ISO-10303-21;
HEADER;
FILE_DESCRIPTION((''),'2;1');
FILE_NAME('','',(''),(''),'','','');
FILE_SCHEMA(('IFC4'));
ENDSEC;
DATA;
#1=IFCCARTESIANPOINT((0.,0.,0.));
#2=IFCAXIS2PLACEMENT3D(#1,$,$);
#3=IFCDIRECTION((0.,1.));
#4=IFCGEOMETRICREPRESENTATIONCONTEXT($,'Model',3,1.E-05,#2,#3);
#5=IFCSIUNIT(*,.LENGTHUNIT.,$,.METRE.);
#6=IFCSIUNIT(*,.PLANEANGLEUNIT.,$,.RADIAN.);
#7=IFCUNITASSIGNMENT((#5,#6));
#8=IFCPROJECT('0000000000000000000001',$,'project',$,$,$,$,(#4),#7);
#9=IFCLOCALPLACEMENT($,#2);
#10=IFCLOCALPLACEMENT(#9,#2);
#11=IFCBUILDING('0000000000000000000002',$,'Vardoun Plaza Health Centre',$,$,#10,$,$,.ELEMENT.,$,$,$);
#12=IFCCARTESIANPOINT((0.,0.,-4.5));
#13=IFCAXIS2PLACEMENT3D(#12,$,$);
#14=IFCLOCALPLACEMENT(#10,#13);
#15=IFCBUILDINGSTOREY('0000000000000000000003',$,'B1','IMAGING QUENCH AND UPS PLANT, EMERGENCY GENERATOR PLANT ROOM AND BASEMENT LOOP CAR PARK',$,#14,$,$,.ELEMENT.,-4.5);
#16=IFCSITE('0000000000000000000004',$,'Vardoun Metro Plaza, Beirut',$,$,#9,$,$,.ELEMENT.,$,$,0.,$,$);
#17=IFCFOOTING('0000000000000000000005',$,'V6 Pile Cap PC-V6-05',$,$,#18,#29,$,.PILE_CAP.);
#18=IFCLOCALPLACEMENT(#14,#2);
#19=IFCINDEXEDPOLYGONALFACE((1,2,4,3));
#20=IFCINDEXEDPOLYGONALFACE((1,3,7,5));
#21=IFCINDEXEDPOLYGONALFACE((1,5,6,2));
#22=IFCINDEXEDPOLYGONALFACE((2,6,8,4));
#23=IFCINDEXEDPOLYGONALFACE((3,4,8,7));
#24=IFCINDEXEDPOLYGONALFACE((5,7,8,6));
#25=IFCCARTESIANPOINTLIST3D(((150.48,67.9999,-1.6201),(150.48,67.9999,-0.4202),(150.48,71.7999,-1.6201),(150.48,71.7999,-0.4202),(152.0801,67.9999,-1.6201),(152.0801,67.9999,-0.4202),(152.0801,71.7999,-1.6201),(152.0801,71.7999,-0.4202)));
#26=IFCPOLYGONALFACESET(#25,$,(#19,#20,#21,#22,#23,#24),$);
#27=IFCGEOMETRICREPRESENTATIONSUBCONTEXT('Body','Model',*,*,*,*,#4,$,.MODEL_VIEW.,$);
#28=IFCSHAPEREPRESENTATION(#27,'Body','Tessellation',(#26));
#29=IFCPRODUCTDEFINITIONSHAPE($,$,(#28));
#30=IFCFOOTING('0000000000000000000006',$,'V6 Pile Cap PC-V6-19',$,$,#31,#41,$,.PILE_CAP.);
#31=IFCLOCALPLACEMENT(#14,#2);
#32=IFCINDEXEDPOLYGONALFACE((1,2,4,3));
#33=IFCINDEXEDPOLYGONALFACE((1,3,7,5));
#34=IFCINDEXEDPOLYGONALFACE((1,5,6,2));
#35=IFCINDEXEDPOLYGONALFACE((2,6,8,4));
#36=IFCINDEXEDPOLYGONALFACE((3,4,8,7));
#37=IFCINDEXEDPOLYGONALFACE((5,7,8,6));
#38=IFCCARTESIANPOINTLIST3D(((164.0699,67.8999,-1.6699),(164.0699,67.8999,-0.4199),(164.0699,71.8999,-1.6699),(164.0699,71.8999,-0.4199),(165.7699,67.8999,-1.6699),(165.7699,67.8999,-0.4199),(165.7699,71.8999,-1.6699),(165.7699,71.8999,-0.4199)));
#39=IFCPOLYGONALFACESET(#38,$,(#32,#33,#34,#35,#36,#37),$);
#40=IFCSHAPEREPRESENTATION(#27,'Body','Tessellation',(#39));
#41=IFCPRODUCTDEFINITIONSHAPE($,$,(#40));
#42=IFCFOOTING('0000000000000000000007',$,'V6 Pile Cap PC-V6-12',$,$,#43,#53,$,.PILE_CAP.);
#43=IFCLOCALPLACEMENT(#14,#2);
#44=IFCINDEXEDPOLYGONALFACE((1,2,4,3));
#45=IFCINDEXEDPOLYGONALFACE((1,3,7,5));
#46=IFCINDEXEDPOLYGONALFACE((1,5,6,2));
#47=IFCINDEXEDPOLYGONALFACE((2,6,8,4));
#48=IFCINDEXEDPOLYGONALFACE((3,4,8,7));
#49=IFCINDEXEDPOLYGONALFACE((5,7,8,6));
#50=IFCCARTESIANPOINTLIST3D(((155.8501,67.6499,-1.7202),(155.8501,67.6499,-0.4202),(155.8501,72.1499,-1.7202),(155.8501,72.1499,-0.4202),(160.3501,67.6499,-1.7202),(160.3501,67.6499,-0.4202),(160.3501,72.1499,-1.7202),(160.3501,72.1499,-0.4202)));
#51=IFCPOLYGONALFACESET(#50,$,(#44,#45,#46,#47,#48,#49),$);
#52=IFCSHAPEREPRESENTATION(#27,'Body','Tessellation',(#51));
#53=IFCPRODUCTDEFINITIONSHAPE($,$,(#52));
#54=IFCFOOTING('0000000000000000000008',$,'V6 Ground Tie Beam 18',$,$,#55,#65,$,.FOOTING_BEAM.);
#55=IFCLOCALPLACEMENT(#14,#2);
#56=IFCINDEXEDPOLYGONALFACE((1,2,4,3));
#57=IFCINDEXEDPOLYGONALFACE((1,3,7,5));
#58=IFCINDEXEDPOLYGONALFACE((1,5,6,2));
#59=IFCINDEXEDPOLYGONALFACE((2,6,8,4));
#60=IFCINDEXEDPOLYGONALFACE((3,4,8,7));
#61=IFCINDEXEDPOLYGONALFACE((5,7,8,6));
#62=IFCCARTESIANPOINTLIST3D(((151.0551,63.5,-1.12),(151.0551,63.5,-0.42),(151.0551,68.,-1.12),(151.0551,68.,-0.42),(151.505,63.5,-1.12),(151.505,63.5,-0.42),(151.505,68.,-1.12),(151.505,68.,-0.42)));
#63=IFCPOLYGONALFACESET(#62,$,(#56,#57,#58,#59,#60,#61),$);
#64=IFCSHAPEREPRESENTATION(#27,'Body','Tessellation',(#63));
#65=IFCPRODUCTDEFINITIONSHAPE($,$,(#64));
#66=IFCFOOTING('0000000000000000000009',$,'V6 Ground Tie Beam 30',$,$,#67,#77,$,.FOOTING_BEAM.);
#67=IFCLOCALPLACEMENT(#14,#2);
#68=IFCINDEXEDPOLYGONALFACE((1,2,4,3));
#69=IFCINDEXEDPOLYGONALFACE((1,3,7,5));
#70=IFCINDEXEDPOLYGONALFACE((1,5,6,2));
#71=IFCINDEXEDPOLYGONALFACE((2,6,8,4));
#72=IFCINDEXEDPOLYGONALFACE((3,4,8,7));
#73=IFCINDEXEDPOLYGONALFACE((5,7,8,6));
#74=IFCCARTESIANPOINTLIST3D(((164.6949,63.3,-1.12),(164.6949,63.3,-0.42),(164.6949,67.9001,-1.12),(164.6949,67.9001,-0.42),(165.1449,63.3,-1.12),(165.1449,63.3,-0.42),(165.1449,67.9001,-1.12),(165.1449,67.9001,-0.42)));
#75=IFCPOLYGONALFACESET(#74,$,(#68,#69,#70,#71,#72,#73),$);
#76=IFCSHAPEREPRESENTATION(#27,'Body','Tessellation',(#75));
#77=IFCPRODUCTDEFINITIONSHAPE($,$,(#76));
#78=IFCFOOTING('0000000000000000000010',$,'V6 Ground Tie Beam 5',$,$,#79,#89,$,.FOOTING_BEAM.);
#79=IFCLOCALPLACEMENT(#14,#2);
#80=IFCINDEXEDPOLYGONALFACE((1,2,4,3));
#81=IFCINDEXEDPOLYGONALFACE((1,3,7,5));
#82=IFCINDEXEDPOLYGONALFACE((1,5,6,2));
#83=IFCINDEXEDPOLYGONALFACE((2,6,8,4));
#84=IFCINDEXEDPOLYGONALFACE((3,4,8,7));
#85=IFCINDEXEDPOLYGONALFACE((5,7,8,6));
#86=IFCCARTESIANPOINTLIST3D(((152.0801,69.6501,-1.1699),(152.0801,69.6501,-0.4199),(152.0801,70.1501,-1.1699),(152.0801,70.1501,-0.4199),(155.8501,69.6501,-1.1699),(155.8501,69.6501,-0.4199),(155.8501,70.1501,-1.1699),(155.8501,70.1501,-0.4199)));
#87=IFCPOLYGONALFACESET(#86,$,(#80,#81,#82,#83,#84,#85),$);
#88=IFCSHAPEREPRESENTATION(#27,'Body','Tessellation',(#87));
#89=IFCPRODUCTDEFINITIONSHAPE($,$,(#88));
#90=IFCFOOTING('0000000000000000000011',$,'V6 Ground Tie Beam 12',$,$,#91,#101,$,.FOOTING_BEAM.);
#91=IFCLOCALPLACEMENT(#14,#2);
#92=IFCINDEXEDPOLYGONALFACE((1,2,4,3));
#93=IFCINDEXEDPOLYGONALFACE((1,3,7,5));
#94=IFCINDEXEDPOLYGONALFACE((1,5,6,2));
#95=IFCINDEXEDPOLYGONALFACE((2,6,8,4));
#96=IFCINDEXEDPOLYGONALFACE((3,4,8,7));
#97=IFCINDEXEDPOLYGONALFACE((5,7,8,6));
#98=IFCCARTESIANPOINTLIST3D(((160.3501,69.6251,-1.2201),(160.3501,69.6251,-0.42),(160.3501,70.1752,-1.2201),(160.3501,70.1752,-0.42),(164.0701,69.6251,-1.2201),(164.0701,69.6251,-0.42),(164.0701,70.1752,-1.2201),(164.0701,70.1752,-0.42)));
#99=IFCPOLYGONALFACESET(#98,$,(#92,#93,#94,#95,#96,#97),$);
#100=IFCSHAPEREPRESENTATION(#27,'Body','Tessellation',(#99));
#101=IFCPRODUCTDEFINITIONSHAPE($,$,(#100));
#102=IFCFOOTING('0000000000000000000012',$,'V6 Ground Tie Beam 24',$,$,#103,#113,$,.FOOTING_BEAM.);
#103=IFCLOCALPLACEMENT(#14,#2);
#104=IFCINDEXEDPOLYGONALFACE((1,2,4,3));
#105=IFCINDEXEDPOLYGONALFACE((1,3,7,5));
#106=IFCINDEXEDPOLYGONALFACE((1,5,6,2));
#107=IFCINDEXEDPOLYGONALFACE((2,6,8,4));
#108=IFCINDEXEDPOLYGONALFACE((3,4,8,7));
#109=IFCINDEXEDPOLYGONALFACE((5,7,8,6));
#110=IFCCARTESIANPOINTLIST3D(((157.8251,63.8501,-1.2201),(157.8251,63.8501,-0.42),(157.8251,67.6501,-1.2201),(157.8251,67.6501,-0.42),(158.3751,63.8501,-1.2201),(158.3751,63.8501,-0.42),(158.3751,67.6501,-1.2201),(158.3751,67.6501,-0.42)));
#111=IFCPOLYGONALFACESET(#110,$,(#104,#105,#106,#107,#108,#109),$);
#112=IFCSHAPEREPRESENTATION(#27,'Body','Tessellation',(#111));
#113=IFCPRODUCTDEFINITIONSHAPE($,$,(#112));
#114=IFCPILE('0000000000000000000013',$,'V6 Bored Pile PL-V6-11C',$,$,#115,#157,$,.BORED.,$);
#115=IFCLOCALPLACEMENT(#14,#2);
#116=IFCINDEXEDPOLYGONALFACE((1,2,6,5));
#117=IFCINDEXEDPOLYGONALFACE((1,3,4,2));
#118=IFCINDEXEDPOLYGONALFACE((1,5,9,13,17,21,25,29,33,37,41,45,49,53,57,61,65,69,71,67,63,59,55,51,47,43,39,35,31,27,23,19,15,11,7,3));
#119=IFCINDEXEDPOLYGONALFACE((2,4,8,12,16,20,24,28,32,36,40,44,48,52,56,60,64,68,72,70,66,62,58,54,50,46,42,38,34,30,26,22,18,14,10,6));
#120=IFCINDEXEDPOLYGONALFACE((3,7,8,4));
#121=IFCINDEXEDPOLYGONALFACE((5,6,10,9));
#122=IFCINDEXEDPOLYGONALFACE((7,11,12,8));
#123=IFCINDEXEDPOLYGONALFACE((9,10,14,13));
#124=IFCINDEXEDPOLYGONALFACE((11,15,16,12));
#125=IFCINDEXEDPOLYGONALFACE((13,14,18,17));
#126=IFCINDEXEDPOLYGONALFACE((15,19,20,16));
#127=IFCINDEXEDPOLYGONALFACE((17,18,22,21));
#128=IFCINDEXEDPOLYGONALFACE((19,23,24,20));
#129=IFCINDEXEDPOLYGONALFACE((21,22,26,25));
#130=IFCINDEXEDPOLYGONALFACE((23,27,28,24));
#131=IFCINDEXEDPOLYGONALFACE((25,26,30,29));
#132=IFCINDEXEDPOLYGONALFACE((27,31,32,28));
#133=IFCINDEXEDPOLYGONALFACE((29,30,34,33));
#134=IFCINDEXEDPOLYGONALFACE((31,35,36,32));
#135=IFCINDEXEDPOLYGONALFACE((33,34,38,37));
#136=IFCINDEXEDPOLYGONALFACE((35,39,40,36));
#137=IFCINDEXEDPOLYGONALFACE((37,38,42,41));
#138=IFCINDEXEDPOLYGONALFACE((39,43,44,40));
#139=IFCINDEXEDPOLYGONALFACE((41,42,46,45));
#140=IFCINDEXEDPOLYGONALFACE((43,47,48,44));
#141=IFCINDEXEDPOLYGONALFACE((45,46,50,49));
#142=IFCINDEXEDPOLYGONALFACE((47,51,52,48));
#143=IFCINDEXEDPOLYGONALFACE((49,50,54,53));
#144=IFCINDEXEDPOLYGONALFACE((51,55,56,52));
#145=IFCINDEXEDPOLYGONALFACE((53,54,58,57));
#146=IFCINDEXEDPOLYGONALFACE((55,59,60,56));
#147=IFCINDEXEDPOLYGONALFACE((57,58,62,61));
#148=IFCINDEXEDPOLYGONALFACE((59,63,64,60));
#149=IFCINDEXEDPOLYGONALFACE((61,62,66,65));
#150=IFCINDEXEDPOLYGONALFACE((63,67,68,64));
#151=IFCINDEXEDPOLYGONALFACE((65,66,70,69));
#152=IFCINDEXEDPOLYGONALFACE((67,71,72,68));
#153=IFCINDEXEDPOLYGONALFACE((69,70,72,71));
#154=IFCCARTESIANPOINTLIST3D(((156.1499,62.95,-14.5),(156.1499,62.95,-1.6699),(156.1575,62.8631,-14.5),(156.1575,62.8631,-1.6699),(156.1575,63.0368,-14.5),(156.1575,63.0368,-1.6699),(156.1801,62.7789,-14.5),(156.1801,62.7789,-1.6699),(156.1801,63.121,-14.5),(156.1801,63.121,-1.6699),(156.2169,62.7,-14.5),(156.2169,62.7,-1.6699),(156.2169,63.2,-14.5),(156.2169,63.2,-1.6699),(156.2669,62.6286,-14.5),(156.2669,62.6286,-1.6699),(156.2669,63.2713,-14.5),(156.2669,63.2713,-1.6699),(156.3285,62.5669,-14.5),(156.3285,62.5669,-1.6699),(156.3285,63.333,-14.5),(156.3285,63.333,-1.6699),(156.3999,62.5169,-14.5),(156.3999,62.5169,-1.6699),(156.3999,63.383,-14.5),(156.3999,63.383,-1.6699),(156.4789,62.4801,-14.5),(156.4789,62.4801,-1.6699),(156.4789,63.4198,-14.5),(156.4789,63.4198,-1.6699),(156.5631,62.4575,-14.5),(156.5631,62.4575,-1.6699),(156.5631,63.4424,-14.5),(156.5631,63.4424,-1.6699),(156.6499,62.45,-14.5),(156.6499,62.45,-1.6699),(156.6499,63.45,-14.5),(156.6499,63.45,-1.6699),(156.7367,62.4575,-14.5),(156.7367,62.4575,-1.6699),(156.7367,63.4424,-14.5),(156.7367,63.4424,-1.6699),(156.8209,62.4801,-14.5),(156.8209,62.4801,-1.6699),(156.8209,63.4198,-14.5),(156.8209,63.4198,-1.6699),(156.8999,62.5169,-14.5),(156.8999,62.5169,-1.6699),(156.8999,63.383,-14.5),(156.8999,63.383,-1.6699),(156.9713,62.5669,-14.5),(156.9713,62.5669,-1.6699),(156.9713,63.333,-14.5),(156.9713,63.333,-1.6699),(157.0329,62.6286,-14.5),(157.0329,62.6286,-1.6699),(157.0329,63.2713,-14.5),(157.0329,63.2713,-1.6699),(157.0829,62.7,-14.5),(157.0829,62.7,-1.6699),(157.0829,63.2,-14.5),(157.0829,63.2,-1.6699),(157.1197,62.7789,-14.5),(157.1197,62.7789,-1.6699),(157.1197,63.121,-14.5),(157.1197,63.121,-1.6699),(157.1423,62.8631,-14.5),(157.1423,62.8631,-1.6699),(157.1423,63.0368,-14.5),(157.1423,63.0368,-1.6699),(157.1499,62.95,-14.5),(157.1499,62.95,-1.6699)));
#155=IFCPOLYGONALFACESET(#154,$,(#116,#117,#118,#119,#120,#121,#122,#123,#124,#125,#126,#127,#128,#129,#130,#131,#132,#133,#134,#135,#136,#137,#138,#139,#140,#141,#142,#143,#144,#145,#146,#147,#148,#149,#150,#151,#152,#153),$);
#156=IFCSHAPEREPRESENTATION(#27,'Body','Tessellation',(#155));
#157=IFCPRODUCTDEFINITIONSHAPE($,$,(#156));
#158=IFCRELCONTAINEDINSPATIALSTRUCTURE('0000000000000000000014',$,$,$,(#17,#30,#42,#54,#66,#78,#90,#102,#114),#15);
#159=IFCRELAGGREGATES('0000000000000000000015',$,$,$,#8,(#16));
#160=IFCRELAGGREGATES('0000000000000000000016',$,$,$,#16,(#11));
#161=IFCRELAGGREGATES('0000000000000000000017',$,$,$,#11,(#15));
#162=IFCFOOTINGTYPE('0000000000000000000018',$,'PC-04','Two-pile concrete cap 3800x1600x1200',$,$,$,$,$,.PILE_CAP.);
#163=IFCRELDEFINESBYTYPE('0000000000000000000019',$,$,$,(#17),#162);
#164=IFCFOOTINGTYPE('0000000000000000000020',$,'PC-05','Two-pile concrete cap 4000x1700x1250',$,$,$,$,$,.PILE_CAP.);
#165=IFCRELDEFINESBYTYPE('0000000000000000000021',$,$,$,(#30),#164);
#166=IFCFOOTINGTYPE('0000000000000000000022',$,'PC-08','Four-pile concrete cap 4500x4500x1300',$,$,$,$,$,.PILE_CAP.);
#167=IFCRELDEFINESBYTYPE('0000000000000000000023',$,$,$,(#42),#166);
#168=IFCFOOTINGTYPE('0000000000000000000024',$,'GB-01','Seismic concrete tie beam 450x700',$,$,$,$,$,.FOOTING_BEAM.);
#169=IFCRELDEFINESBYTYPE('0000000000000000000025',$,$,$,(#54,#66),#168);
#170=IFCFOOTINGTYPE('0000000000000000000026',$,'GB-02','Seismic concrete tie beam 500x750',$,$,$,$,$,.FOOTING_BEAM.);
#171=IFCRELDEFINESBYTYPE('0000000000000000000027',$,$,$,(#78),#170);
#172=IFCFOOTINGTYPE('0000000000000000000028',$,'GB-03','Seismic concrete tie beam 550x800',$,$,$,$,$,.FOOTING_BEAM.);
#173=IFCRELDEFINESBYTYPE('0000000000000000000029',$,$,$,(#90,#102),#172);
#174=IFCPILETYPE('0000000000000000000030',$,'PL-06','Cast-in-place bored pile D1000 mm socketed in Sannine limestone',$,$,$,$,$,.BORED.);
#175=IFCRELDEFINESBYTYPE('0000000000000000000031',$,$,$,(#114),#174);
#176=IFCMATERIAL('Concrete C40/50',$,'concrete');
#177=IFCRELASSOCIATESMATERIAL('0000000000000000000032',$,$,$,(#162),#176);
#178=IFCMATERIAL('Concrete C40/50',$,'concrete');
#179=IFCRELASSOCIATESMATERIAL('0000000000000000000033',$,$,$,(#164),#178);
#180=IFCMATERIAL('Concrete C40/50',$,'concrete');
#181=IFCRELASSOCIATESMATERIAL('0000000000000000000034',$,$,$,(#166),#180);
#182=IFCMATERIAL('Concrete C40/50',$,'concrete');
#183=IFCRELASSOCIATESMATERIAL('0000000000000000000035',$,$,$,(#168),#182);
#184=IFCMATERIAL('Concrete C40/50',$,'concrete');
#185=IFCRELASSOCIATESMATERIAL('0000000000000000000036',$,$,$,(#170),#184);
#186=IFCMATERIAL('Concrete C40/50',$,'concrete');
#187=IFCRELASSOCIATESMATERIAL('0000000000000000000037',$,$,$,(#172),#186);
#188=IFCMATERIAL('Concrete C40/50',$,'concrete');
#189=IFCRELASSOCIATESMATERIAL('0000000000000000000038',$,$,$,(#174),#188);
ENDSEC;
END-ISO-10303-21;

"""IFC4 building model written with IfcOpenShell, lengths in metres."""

from ifc_helpers import new_model, si_unit, direction, frame, origin, origin_2d, place, context, subcontext, project, spatial, rectangle, circle, extrude, material, material_profile, profile_set, type_object, element, save


model = new_model("IFC4")

# Units and contexts
model_context = context("Model", 3, precision=1e-05, world=origin(), true_north=direction((0.0, 1.0)))
body_context = subcontext(model_context, "Body", "Model", "MODEL_VIEW")
ifc_project = project(units=[si_unit("LENGTHUNIT", "METRE"), si_unit("PLANEANGLEUNIT", "RADIAN")], contexts=[model_context])

# Site, building, storey
site_placement = place(None, origin())
site = spatial("IfcSite", under=ifc_project, at=site_placement, Name="Vardoun Metro Plaza, Beirut", CompositionType="ELEMENT", RefElevation=0.0)
building_placement = place(site_placement, origin())
building = spatial("IfcBuilding", under=site, at=building_placement, Name="Vardoun Plaza Health Centre", CompositionType="ELEMENT")
storey_placement = place(building_placement, frame((0.0, 0.0, -4.5)))
storey = spatial("IfcBuildingStorey", under=building, at=storey_placement, Name="B1", Description="IMAGING QUENCH AND UPS PLANT, EMERGENCY GENERATOR PLANT ROOM AND BASEMENT LOOP CAR PARK", CompositionType="ELEMENT", Elevation=-4.5)

# Footings
ifc_material_1 = material(Name="Concrete C40/50", Category="concrete")
footing_type_1 = type_object("IfcFootingType", Name="PC-04", Description="Two-pile concrete cap 3800x1600x1200", PredefinedType="PILE_CAP", material=ifc_material_1)
footing_1_placement = place(storey_placement, frame((151.28, 69.8999, -1.6201), z_axis=(0.0, 0.0, 1.0), x_axis=(0.0, 1.0, 0.0)))
element("IfcFooting", 1, at=footing_1_placement, inside=storey, type_object=footing_type_1, Name="V6 Pile Cap PC-V6-05", PredefinedType="PILE_CAP", context=body_context, shape_type="SweptSolid", body=[
    extrude(rectangle(XDim=3.8, YDim=1.6001, at=origin_2d()), origin(), (0.0, 0.0, 1.0), 1.2),
])
ifc_material_2 = material(Name="Concrete C40/50", Category="concrete")
footing_type_2 = type_object("IfcFootingType", Name="PC-05", Description="Two-pile concrete cap 4000x1700x1250", PredefinedType="PILE_CAP", material=ifc_material_2)
footing_2_placement = place(storey_placement, frame((164.9199, 69.8999, -1.6699), z_axis=(0.0, 0.0, 1.0), x_axis=(0.0, 1.0, 0.0)))
element("IfcFooting", 2, at=footing_2_placement, inside=storey, type_object=footing_type_2, Name="V6 Pile Cap PC-V6-19", PredefinedType="PILE_CAP", context=body_context, shape_type="SweptSolid", body=[
    extrude(rectangle(XDim=4.0, YDim=1.7, at=origin_2d()), origin(), (0.0, 0.0, 1.0), 1.25),
])
ifc_material_3 = material(Name="Concrete C40/50", Category="concrete")
footing_type_3 = type_object("IfcFootingType", Name="PC-08", Description="Four-pile concrete cap 4500x4500x1300", PredefinedType="PILE_CAP", material=ifc_material_3)
footing_3_placement = place(storey_placement, frame((158.1001, 69.8999, -1.7202), z_axis=(0.0, 0.0, 1.0), x_axis=(1.0, 0.0, 0.0)))
element("IfcFooting", 3, at=footing_3_placement, inside=storey, type_object=footing_type_3, Name="V6 Pile Cap PC-V6-12", PredefinedType="PILE_CAP", context=body_context, shape_type="SweptSolid", body=[
    extrude(rectangle(XDim=4.5, YDim=4.5, at=origin_2d()), origin(), (0.0, 0.0, 1.0), 1.3),
])
ifc_material_4 = material(Name="Concrete C40/50", Category="concrete")
ifc_material_profile_1 = material_profile(ifc_material_4, rectangle(XDim=0.45, YDim=0.7, at=origin_2d()), Name="GB 450x700")
ifc_profile_set_1 = profile_set([ifc_material_profile_1], Name="Concrete C40/50")
footing_type_4 = type_object("IfcFootingType", Name="GB-01", Description="Seismic concrete tie beam 450x700", PredefinedType="FOOTING_BEAM", material=ifc_profile_set_1)
footing_4_placement = place(storey_placement, frame((151.28, 63.5, -0.77), z_axis=(0.0, 1.0, 0.0), x_axis=(-1.0, 0.0, 0.0)))
element("IfcFooting", 4, at=footing_4_placement, inside=storey, type_object=footing_type_4, Name="V6 Ground Tie Beam 18", PredefinedType="FOOTING_BEAM", context=body_context, shape_type="SweptSolid", body=[
    extrude(rectangle(XDim=0.45, YDim=0.7, at=origin_2d()), origin(), (0.0, 0.0, 1.0), 4.5),
])
footing_5_placement = place(storey_placement, frame((164.9199, 63.3, -0.77), z_axis=(0.0, 1.0, 0.0), x_axis=(-1.0, 0.0, 0.0)))
element("IfcFooting", 5, at=footing_5_placement, inside=storey, type_object=footing_type_4, Name="V6 Ground Tie Beam 30", PredefinedType="FOOTING_BEAM", context=body_context, shape_type="SweptSolid", body=[
    extrude(rectangle(XDim=0.45, YDim=0.7, at=origin_2d()), origin(), (0.0, 0.0, 1.0), 4.6001),
])
ifc_material_5 = material(Name="Concrete C40/50", Category="concrete")
ifc_material_profile_2 = material_profile(ifc_material_5, rectangle(XDim=0.5, YDim=0.75, at=origin_2d()), Name="GB 500x750")
ifc_profile_set_2 = profile_set([ifc_material_profile_2], Name="Concrete C40/50")
footing_type_5 = type_object("IfcFootingType", Name="GB-02", Description="Seismic concrete tie beam 500x750", PredefinedType="FOOTING_BEAM", material=ifc_profile_set_2)
footing_6_placement = place(storey_placement, frame((152.0801, 69.9001, -0.7949), z_axis=(1.0, 0.0, 0.0), x_axis=(0.0, 1.0, 0.0)))
element("IfcFooting", 6, at=footing_6_placement, inside=storey, type_object=footing_type_5, Name="V6 Ground Tie Beam 5", PredefinedType="FOOTING_BEAM", context=body_context, shape_type="SweptSolid", body=[
    extrude(rectangle(XDim=0.5, YDim=0.75, at=origin_2d()), origin(), (0.0, 0.0, 1.0), 3.77),
])
ifc_material_6 = material(Name="Concrete C40/50", Category="concrete")
ifc_material_profile_3 = material_profile(ifc_material_6, rectangle(XDim=0.55, YDim=0.8, at=origin_2d()), Name="GB 550x800")
ifc_profile_set_3 = profile_set([ifc_material_profile_3], Name="Concrete C40/50")
footing_type_6 = type_object("IfcFootingType", Name="GB-03", Description="Seismic concrete tie beam 550x800", PredefinedType="FOOTING_BEAM", material=ifc_profile_set_3)
footing_7_placement = place(storey_placement, frame((160.3501, 69.9001, -0.8201), z_axis=(1.0, 0.0, 0.0), x_axis=(0.0, 1.0, 0.0)))
element("IfcFooting", 7, at=footing_7_placement, inside=storey, type_object=footing_type_6, Name="V6 Ground Tie Beam 12", PredefinedType="FOOTING_BEAM", context=body_context, shape_type="SweptSolid", body=[
    extrude(rectangle(XDim=0.55, YDim=0.8, at=origin_2d()), origin(), (0.0, 0.0, 1.0), 3.72),
])
footing_8_placement = place(storey_placement, frame((158.1001, 63.8501, -0.8201), z_axis=(0.0, 1.0, 0.0), x_axis=(-1.0, 0.0, 0.0)))
element("IfcFooting", 8, at=footing_8_placement, inside=storey, type_object=footing_type_6, Name="V6 Ground Tie Beam 24", PredefinedType="FOOTING_BEAM", context=body_context, shape_type="SweptSolid", body=[
    extrude(rectangle(XDim=0.55, YDim=0.8, at=origin_2d()), origin(), (0.0, 0.0, 1.0), 3.8),
])

# Pile
ifc_material_7 = material(Name="Concrete C40/50", Category="concrete")
ifc_material_profile_4 = material_profile(ifc_material_7, circle(Radius=0.5, at=origin_2d()), Name="PILE D1000")
ifc_profile_set_4 = profile_set([ifc_material_profile_4], Name="Concrete C40/50")
pile_type_1 = type_object("IfcPileType", Name="PL-06", Description="Cast-in-place bored pile D1000 mm socketed in Sannine limestone", PredefinedType="BORED", material=ifc_profile_set_4)
for number, where, z_axis, x_axis, name in (
    (9, (156.6499, 62.95, -1.6699), (0.0, 0.0, -1.0), (1.0, 0.0, 0.0), "V6 Bored Pile PL-V6-11C"),
):
    element("IfcPile", number, at=place(storey_placement, frame(where, z_axis=z_axis, x_axis=x_axis)), inside=storey, type_object=pile_type_1, Name=name, PredefinedType="BORED", context=body_context, shape_type="SweptSolid", body=[
        extrude(circle(Radius=0.5, at=origin_2d()), origin(), (0.0, 0.0, 1.0), 12.8301),
    ])

save(model, "model.ifc")
